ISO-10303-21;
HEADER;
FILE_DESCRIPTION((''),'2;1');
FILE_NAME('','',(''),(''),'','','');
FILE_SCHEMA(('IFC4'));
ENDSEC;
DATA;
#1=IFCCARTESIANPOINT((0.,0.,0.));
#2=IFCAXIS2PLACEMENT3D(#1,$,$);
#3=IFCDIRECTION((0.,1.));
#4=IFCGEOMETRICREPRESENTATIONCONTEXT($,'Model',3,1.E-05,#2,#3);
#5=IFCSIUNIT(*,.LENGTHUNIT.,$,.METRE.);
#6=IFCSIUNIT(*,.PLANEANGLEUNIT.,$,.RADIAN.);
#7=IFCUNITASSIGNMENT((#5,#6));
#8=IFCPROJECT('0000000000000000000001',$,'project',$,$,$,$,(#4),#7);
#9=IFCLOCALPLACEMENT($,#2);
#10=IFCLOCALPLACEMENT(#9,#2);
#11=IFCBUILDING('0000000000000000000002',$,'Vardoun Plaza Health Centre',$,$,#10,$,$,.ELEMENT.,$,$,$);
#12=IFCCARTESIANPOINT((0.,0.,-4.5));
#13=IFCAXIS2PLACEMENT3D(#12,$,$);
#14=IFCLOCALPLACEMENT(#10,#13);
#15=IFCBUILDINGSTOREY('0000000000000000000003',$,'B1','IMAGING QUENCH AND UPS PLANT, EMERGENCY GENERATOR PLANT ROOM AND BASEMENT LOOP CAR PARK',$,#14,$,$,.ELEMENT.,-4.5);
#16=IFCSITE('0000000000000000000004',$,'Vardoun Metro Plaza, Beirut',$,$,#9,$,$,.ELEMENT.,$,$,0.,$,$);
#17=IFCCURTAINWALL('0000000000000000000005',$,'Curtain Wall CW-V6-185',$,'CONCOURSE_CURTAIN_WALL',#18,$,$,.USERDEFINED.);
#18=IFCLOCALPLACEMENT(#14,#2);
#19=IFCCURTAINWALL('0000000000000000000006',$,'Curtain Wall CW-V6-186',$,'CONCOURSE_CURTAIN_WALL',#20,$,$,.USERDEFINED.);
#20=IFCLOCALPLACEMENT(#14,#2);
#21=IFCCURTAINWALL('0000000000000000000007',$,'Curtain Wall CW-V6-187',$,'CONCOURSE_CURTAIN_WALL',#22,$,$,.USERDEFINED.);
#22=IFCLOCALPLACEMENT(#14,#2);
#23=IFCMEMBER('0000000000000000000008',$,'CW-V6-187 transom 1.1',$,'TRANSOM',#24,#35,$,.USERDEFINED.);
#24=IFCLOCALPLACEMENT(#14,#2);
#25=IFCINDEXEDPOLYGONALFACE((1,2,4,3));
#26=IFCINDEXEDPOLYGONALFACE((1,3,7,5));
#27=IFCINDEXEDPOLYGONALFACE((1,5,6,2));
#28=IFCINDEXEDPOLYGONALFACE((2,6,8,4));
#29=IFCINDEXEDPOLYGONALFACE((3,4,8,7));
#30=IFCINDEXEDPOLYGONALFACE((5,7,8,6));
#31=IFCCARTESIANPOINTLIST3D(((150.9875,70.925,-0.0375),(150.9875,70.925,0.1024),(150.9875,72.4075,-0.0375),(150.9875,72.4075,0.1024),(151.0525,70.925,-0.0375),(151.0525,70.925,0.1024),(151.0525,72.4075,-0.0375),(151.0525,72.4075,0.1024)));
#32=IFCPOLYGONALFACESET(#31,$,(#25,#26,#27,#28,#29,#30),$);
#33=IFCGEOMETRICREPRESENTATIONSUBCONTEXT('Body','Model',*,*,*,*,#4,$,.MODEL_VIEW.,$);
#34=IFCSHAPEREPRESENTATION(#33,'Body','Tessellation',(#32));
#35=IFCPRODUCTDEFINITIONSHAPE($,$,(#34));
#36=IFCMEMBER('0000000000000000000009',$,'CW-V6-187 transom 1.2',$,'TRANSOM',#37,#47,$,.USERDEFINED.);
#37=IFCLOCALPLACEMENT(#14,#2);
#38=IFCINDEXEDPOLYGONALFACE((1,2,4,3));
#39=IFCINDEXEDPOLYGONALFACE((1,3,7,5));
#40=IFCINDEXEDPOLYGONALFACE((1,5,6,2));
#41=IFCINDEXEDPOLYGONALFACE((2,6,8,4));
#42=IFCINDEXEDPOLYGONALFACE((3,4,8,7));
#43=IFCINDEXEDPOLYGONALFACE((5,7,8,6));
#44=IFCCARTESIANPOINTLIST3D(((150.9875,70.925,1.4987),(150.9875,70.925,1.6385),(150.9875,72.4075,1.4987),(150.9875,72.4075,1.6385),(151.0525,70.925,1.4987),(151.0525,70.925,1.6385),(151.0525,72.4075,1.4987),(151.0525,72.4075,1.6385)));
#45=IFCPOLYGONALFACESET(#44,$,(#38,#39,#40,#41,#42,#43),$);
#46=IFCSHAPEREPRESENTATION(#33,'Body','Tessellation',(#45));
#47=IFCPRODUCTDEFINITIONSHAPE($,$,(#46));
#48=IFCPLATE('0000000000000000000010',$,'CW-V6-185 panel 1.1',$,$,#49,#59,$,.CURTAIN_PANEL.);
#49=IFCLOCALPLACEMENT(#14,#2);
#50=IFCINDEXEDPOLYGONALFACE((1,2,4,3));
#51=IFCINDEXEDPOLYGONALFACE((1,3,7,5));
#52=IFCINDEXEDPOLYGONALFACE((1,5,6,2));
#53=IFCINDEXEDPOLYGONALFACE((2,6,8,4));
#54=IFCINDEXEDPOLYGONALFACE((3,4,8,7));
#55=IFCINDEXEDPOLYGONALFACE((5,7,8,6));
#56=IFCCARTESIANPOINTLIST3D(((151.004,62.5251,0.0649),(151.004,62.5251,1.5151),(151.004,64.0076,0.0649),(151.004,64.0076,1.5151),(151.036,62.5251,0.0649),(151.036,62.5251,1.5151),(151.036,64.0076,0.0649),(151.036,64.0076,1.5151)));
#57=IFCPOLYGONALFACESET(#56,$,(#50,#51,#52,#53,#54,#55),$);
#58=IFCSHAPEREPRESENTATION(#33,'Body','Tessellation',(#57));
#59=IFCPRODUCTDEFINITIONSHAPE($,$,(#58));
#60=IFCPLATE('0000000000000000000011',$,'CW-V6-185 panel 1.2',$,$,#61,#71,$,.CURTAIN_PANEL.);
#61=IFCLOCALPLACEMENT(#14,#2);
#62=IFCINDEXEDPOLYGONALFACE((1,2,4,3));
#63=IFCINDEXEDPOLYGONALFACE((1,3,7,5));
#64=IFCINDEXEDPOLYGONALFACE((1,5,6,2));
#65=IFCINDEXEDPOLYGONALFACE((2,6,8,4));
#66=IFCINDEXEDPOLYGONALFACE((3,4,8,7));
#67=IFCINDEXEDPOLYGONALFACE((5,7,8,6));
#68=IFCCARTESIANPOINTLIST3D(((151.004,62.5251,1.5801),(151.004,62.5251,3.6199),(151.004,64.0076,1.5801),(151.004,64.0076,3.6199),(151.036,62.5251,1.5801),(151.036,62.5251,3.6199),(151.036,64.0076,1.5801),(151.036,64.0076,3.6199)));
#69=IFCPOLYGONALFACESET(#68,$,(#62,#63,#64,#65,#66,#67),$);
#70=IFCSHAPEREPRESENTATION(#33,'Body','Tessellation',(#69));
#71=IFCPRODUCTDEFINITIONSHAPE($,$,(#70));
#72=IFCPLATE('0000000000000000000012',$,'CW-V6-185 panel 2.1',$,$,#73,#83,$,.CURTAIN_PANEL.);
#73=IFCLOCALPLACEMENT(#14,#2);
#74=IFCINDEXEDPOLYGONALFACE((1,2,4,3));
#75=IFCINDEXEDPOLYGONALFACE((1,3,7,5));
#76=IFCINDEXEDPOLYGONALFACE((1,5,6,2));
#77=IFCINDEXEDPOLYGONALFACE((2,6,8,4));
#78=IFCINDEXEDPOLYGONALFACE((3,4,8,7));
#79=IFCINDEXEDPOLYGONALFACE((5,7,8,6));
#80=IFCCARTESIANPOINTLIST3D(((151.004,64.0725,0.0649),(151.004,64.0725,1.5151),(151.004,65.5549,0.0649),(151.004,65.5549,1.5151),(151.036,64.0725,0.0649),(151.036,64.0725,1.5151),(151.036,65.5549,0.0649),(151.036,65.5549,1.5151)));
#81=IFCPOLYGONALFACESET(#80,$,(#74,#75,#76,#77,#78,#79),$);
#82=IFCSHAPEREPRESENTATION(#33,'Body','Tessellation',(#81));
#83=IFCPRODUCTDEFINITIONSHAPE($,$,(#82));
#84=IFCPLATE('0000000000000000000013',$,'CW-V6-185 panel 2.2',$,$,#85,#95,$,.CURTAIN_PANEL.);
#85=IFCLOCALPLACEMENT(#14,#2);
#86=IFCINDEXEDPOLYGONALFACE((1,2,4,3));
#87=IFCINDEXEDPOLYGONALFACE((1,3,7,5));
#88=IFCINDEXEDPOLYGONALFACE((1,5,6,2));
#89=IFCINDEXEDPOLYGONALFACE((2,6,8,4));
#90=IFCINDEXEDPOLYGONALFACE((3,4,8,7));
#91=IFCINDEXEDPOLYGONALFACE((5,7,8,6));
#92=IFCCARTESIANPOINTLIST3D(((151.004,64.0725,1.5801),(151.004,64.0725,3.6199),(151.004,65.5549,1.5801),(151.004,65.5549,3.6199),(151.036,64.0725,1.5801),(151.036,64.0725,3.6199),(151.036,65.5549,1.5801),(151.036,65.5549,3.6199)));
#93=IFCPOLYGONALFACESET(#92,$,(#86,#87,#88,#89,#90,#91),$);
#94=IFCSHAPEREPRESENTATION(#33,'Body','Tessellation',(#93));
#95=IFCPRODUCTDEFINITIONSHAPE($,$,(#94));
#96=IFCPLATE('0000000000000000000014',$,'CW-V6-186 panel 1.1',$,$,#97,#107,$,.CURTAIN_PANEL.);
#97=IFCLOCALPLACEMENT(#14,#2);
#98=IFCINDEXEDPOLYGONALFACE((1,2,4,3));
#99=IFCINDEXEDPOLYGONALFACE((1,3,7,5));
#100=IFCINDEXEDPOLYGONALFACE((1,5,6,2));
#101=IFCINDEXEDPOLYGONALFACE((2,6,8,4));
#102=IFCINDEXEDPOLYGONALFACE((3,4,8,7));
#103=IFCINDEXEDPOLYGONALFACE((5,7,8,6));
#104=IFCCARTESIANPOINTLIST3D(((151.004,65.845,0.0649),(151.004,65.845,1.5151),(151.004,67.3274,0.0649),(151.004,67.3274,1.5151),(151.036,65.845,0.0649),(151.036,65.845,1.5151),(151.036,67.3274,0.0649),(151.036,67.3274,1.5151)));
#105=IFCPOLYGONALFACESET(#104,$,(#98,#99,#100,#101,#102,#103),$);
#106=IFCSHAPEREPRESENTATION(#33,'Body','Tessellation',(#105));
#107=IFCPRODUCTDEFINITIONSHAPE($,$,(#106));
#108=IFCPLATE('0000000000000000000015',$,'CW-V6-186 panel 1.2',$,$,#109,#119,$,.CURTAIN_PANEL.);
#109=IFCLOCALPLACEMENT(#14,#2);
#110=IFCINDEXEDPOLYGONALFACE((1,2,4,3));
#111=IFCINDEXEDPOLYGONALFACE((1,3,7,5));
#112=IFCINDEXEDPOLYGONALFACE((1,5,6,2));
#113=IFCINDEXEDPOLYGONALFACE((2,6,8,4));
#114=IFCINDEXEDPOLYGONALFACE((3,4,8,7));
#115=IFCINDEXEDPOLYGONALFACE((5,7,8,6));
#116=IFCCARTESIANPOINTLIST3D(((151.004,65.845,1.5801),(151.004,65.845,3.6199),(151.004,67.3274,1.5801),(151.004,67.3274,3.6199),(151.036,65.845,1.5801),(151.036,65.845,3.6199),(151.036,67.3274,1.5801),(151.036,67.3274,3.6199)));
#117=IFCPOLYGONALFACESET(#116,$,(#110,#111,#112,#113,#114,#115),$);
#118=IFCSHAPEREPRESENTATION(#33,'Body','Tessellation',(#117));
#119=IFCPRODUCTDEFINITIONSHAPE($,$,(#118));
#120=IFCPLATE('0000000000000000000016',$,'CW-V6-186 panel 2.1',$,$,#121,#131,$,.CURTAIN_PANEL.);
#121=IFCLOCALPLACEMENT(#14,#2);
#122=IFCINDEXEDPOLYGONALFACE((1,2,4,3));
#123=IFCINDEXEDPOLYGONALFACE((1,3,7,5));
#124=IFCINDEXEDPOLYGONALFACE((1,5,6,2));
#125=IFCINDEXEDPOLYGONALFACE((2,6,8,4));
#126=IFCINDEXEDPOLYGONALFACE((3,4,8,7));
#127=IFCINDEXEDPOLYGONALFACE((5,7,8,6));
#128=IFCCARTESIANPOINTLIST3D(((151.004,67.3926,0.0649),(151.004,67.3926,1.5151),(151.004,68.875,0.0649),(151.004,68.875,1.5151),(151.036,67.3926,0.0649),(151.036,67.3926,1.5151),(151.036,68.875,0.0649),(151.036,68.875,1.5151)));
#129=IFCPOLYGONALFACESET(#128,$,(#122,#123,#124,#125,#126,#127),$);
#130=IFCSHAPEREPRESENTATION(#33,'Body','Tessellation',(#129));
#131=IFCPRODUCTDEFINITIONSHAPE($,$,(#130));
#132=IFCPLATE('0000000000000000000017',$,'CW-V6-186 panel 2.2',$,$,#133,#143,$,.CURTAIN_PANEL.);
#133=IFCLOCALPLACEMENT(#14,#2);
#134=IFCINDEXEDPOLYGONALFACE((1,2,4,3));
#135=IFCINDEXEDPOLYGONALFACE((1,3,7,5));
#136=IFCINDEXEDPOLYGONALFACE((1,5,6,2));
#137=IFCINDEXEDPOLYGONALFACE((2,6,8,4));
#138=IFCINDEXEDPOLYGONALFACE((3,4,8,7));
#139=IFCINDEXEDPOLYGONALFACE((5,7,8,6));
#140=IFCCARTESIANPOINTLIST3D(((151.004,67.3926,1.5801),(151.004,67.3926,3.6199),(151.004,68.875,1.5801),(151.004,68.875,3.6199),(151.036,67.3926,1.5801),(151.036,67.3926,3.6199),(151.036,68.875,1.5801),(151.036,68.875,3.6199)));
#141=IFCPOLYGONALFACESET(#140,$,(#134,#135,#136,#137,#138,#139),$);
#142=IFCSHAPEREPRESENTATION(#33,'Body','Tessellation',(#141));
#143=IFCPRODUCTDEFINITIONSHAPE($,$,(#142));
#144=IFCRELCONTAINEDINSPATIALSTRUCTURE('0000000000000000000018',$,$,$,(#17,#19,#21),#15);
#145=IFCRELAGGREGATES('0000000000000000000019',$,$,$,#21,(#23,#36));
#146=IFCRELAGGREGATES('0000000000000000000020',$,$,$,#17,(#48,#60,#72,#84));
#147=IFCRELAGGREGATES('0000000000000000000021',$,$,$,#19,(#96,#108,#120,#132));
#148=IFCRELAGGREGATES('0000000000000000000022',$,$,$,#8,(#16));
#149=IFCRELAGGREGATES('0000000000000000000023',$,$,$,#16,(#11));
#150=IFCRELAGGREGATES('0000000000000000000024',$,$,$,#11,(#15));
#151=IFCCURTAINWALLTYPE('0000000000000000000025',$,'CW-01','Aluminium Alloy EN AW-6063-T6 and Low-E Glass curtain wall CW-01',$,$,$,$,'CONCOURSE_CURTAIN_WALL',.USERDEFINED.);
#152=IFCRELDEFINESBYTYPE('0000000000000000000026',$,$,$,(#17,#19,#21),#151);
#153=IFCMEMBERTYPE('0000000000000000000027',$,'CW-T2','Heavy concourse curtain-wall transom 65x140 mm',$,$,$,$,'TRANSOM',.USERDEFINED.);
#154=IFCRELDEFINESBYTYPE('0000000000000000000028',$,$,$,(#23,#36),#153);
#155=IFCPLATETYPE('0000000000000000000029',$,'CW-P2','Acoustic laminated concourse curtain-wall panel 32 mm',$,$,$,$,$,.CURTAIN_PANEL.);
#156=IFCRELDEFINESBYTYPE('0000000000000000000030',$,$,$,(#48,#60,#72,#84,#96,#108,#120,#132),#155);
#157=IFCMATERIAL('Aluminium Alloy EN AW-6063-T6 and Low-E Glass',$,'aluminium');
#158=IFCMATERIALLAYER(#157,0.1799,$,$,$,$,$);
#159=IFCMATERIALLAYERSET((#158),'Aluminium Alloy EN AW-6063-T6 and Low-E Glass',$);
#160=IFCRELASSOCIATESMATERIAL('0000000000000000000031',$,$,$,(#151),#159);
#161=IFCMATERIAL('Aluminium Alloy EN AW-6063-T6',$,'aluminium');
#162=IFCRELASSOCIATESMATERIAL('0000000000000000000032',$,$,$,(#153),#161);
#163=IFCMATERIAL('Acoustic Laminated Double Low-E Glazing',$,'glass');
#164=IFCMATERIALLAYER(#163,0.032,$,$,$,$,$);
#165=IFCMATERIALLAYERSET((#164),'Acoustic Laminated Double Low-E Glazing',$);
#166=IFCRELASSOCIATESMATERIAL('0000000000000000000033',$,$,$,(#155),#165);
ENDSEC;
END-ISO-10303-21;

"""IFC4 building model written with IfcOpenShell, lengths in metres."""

from ifc_helpers import new_model, si_unit, direction, frame, origin, origin_2d, place, context, subcontext, project, spatial, rectangle, extrude, material, layer, layer_set, material_profile, profile_set, type_object, element, aggregate, save


model = new_model("IFC4")

# Units and contexts
model_context = context("Model", 3, precision=1e-05, world=origin(), true_north=direction((0.0, 1.0)))
body_context = subcontext(model_context, "Body", "Model", "MODEL_VIEW")
ifc_project = project(units=[si_unit("LENGTHUNIT", "METRE"), si_unit("PLANEANGLEUNIT", "RADIAN")], contexts=[model_context])

# Site, building, storey
site_placement = place(None, origin())
site = spatial("IfcSite", under=ifc_project, at=site_placement, Name="Vardoun Metro Plaza, Beirut", CompositionType="ELEMENT", RefElevation=0.0)
building_placement = place(site_placement, origin())
building = spatial("IfcBuilding", under=site, at=building_placement, Name="Vardoun Plaza Health Centre", CompositionType="ELEMENT")
storey_placement = place(building_placement, frame((0.0, 0.0, -4.5)))
storey = spatial("IfcBuildingStorey", under=building, at=storey_placement, Name="B1", Description="IMAGING QUENCH AND UPS PLANT, EMERGENCY GENERATOR PLANT ROOM AND BASEMENT LOOP CAR PARK", CompositionType="ELEMENT", Elevation=-4.5)

# Curtain walls
ifc_material_1 = material(Name="Aluminium Alloy EN AW-6063-T6 and Low-E Glass", Category="aluminium")
ifc_layer_1 = layer(ifc_material_1, 0.1799)
ifc_layer_set_1 = layer_set([ifc_layer_1], Name="Aluminium Alloy EN AW-6063-T6 and Low-E Glass")
curtain_wall_type = type_object("IfcCurtainWallType", Name="CW-01", Description="Aluminium Alloy EN AW-6063-T6 and Low-E Glass curtain wall CW-01", ElementType="CONCOURSE_CURTAIN_WALL", PredefinedType="USERDEFINED", material=ifc_layer_set_1)
curtain_wall_1_placement = place(storey_placement, origin())
curtain_wall_1 = element("IfcCurtainWall", 1, at=curtain_wall_1_placement, inside=storey, type_object=curtain_wall_type, Name="Curtain Wall CW-V6-185", ObjectType="CONCOURSE_CURTAIN_WALL", PredefinedType="USERDEFINED")
curtain_wall_2_placement = place(storey_placement, origin())
curtain_wall_2 = element("IfcCurtainWall", 2, at=curtain_wall_2_placement, inside=storey, type_object=curtain_wall_type, Name="Curtain Wall CW-V6-186", ObjectType="CONCOURSE_CURTAIN_WALL", PredefinedType="USERDEFINED")

# Curtain wall
curtain_wall_3_placement = place(storey_placement, origin())
curtain_wall_3 = element("IfcCurtainWall", 3, at=curtain_wall_3_placement, inside=storey, type_object=curtain_wall_type, Name="Curtain Wall CW-V6-187", ObjectType="CONCOURSE_CURTAIN_WALL", PredefinedType="USERDEFINED")

# Members
ifc_material_2 = material(Name="Aluminium Alloy EN AW-6063-T6", Category="aluminium")
ifc_material_profile_1 = material_profile(ifc_material_2, rectangle(XDim=0.0649, YDim=0.1399, at=origin_2d()), Name="CWT 65x140")
ifc_profile_set_1 = profile_set([ifc_material_profile_1], Name="Aluminium Alloy EN AW-6063-T6")
member_type_1 = type_object("IfcMemberType", Name="CW-T2", Description="Heavy concourse curtain-wall transom 65x140 mm", ElementType="TRANSOM", PredefinedType="USERDEFINED", material=ifc_profile_set_1)
member_1_placement = place(storey_placement, frame((151.02, 70.925, 0.0325), z_axis=(0.0, 1.0, 0.0), x_axis=(-1.0, 0.0, 0.0)))
member_1 = element("IfcMember", 4, at=member_1_placement, type_object=member_type_1, Name="CW-V6-187 transom 1.1", ObjectType="TRANSOM", PredefinedType="USERDEFINED", context=body_context, shape_type="SweptSolid", body=[
    extrude(rectangle(XDim=0.0649, YDim=0.1399, at=origin_2d()), origin(), (0.0, 0.0, 1.0), 1.4824),
])
member_2_placement = place(storey_placement, frame((151.02, 70.925, 1.5686), z_axis=(0.0, 1.0, 0.0), x_axis=(-1.0, 0.0, 0.0)))
member_2 = element("IfcMember", 5, at=member_2_placement, type_object=member_type_1, Name="CW-V6-187 transom 1.2", ObjectType="TRANSOM", PredefinedType="USERDEFINED", context=body_context, shape_type="SweptSolid", body=[
    extrude(rectangle(XDim=0.0649, YDim=0.1399, at=origin_2d()), origin(), (0.0, 0.0, 1.0), 1.4824),
])
aggregate(curtain_wall_3, [member_1, member_2])

# Plates
ifc_material_3 = material(Name="Acoustic Laminated Double Low-E Glazing", Category="glass")
ifc_layer_2 = layer(ifc_material_3, 0.032)
ifc_layer_set_2 = layer_set([ifc_layer_2], Name="Acoustic Laminated Double Low-E Glazing")
plate_type = type_object("IfcPlateType", Name="CW-P2", Description="Acoustic laminated concourse curtain-wall panel 32 mm", PredefinedType="CURTAIN_PANEL", material=ifc_layer_set_2)
plate_1_placement = place(storey_placement, frame((151.02, 63.2664, 0.0649), z_axis=(0.0, 0.0, 1.0), x_axis=(0.0, 1.0, 0.0)))
plate_1 = element("IfcPlate", 6, at=plate_1_placement, type_object=plate_type, Name="CW-V6-185 panel 1.1", PredefinedType="CURTAIN_PANEL", context=body_context, shape_type="SweptSolid", body=[
    extrude(rectangle(XDim=1.4824, YDim=0.032, at=origin_2d()), origin(), (0.0, 0.0, 1.0), 1.4502),
])
plate_2_placement = place(storey_placement, frame((151.02, 63.2664, 1.5801), z_axis=(0.0, 0.0, 1.0), x_axis=(0.0, 1.0, 0.0)))
plate_2 = element("IfcPlate", 7, at=plate_2_placement, type_object=plate_type, Name="CW-V6-185 panel 1.2", PredefinedType="CURTAIN_PANEL", context=body_context, shape_type="SweptSolid", body=[
    extrude(rectangle(XDim=1.4824, YDim=0.032, at=origin_2d()), origin(), (0.0, 0.0, 1.0), 2.0398),
])
plate_3_placement = place(storey_placement, frame((151.02, 64.8137, 0.0649), z_axis=(0.0, 0.0, 1.0), x_axis=(0.0, 1.0, 0.0)))
plate_3 = element("IfcPlate", 8, at=plate_3_placement, type_object=plate_type, Name="CW-V6-185 panel 2.1", PredefinedType="CURTAIN_PANEL", context=body_context, shape_type="SweptSolid", body=[
    extrude(rectangle(XDim=1.4824, YDim=0.032, at=origin_2d()), origin(), (0.0, 0.0, 1.0), 1.4502),
])
plate_4_placement = place(storey_placement, frame((151.02, 64.8137, 1.5801), z_axis=(0.0, 0.0, 1.0), x_axis=(0.0, 1.0, 0.0)))
plate_4 = element("IfcPlate", 9, at=plate_4_placement, type_object=plate_type, Name="CW-V6-185 panel 2.2", PredefinedType="CURTAIN_PANEL", context=body_context, shape_type="SweptSolid", body=[
    extrude(rectangle(XDim=1.4824, YDim=0.032, at=origin_2d()), origin(), (0.0, 0.0, 1.0), 2.0398),
])
aggregate(curtain_wall_1, [plate_1, plate_2, plate_3, plate_4])
plate_5_placement = place(storey_placement, frame((151.02, 66.5862, 0.0649), z_axis=(0.0, 0.0, 1.0), x_axis=(0.0, 1.0, 0.0)))
plate_5 = element("IfcPlate", 10, at=plate_5_placement, type_object=plate_type, Name="CW-V6-186 panel 1.1", PredefinedType="CURTAIN_PANEL", context=body_context, shape_type="SweptSolid", body=[
    extrude(rectangle(XDim=1.4824, YDim=0.032, at=origin_2d()), origin(), (0.0, 0.0, 1.0), 1.4502),
])
plate_6_placement = place(storey_placement, frame((151.02, 66.5862, 1.5801), z_axis=(0.0, 0.0, 1.0), x_axis=(0.0, 1.0, 0.0)))
plate_6 = element("IfcPlate", 11, at=plate_6_placement, type_object=plate_type, Name="CW-V6-186 panel 1.2", PredefinedType="CURTAIN_PANEL", context=body_context, shape_type="SweptSolid", body=[
    extrude(rectangle(XDim=1.4824, YDim=0.032, at=origin_2d()), origin(), (0.0, 0.0, 1.0), 2.0398),
])
plate_7_placement = place(storey_placement, frame((151.02, 68.1338, 0.0649), z_axis=(0.0, 0.0, 1.0), x_axis=(0.0, 1.0, 0.0)))
plate_7 = element("IfcPlate", 12, at=plate_7_placement, type_object=plate_type, Name="CW-V6-186 panel 2.1", PredefinedType="CURTAIN_PANEL", context=body_context, shape_type="SweptSolid", body=[
    extrude(rectangle(XDim=1.4824, YDim=0.032, at=origin_2d()), origin(), (0.0, 0.0, 1.0), 1.4502),
])
plate_8_placement = place(storey_placement, frame((151.02, 68.1338, 1.5801), z_axis=(0.0, 0.0, 1.0), x_axis=(0.0, 1.0, 0.0)))
plate_8 = element("IfcPlate", 13, at=plate_8_placement, type_object=plate_type, Name="CW-V6-186 panel 2.2", PredefinedType="CURTAIN_PANEL", context=body_context, shape_type="SweptSolid", body=[
    extrude(rectangle(XDim=1.4824, YDim=0.032, at=origin_2d()), origin(), (0.0, 0.0, 1.0), 2.0398),
])
aggregate(curtain_wall_2, [plate_5, plate_6, plate_7, plate_8])

save(model, "model.ifc")
